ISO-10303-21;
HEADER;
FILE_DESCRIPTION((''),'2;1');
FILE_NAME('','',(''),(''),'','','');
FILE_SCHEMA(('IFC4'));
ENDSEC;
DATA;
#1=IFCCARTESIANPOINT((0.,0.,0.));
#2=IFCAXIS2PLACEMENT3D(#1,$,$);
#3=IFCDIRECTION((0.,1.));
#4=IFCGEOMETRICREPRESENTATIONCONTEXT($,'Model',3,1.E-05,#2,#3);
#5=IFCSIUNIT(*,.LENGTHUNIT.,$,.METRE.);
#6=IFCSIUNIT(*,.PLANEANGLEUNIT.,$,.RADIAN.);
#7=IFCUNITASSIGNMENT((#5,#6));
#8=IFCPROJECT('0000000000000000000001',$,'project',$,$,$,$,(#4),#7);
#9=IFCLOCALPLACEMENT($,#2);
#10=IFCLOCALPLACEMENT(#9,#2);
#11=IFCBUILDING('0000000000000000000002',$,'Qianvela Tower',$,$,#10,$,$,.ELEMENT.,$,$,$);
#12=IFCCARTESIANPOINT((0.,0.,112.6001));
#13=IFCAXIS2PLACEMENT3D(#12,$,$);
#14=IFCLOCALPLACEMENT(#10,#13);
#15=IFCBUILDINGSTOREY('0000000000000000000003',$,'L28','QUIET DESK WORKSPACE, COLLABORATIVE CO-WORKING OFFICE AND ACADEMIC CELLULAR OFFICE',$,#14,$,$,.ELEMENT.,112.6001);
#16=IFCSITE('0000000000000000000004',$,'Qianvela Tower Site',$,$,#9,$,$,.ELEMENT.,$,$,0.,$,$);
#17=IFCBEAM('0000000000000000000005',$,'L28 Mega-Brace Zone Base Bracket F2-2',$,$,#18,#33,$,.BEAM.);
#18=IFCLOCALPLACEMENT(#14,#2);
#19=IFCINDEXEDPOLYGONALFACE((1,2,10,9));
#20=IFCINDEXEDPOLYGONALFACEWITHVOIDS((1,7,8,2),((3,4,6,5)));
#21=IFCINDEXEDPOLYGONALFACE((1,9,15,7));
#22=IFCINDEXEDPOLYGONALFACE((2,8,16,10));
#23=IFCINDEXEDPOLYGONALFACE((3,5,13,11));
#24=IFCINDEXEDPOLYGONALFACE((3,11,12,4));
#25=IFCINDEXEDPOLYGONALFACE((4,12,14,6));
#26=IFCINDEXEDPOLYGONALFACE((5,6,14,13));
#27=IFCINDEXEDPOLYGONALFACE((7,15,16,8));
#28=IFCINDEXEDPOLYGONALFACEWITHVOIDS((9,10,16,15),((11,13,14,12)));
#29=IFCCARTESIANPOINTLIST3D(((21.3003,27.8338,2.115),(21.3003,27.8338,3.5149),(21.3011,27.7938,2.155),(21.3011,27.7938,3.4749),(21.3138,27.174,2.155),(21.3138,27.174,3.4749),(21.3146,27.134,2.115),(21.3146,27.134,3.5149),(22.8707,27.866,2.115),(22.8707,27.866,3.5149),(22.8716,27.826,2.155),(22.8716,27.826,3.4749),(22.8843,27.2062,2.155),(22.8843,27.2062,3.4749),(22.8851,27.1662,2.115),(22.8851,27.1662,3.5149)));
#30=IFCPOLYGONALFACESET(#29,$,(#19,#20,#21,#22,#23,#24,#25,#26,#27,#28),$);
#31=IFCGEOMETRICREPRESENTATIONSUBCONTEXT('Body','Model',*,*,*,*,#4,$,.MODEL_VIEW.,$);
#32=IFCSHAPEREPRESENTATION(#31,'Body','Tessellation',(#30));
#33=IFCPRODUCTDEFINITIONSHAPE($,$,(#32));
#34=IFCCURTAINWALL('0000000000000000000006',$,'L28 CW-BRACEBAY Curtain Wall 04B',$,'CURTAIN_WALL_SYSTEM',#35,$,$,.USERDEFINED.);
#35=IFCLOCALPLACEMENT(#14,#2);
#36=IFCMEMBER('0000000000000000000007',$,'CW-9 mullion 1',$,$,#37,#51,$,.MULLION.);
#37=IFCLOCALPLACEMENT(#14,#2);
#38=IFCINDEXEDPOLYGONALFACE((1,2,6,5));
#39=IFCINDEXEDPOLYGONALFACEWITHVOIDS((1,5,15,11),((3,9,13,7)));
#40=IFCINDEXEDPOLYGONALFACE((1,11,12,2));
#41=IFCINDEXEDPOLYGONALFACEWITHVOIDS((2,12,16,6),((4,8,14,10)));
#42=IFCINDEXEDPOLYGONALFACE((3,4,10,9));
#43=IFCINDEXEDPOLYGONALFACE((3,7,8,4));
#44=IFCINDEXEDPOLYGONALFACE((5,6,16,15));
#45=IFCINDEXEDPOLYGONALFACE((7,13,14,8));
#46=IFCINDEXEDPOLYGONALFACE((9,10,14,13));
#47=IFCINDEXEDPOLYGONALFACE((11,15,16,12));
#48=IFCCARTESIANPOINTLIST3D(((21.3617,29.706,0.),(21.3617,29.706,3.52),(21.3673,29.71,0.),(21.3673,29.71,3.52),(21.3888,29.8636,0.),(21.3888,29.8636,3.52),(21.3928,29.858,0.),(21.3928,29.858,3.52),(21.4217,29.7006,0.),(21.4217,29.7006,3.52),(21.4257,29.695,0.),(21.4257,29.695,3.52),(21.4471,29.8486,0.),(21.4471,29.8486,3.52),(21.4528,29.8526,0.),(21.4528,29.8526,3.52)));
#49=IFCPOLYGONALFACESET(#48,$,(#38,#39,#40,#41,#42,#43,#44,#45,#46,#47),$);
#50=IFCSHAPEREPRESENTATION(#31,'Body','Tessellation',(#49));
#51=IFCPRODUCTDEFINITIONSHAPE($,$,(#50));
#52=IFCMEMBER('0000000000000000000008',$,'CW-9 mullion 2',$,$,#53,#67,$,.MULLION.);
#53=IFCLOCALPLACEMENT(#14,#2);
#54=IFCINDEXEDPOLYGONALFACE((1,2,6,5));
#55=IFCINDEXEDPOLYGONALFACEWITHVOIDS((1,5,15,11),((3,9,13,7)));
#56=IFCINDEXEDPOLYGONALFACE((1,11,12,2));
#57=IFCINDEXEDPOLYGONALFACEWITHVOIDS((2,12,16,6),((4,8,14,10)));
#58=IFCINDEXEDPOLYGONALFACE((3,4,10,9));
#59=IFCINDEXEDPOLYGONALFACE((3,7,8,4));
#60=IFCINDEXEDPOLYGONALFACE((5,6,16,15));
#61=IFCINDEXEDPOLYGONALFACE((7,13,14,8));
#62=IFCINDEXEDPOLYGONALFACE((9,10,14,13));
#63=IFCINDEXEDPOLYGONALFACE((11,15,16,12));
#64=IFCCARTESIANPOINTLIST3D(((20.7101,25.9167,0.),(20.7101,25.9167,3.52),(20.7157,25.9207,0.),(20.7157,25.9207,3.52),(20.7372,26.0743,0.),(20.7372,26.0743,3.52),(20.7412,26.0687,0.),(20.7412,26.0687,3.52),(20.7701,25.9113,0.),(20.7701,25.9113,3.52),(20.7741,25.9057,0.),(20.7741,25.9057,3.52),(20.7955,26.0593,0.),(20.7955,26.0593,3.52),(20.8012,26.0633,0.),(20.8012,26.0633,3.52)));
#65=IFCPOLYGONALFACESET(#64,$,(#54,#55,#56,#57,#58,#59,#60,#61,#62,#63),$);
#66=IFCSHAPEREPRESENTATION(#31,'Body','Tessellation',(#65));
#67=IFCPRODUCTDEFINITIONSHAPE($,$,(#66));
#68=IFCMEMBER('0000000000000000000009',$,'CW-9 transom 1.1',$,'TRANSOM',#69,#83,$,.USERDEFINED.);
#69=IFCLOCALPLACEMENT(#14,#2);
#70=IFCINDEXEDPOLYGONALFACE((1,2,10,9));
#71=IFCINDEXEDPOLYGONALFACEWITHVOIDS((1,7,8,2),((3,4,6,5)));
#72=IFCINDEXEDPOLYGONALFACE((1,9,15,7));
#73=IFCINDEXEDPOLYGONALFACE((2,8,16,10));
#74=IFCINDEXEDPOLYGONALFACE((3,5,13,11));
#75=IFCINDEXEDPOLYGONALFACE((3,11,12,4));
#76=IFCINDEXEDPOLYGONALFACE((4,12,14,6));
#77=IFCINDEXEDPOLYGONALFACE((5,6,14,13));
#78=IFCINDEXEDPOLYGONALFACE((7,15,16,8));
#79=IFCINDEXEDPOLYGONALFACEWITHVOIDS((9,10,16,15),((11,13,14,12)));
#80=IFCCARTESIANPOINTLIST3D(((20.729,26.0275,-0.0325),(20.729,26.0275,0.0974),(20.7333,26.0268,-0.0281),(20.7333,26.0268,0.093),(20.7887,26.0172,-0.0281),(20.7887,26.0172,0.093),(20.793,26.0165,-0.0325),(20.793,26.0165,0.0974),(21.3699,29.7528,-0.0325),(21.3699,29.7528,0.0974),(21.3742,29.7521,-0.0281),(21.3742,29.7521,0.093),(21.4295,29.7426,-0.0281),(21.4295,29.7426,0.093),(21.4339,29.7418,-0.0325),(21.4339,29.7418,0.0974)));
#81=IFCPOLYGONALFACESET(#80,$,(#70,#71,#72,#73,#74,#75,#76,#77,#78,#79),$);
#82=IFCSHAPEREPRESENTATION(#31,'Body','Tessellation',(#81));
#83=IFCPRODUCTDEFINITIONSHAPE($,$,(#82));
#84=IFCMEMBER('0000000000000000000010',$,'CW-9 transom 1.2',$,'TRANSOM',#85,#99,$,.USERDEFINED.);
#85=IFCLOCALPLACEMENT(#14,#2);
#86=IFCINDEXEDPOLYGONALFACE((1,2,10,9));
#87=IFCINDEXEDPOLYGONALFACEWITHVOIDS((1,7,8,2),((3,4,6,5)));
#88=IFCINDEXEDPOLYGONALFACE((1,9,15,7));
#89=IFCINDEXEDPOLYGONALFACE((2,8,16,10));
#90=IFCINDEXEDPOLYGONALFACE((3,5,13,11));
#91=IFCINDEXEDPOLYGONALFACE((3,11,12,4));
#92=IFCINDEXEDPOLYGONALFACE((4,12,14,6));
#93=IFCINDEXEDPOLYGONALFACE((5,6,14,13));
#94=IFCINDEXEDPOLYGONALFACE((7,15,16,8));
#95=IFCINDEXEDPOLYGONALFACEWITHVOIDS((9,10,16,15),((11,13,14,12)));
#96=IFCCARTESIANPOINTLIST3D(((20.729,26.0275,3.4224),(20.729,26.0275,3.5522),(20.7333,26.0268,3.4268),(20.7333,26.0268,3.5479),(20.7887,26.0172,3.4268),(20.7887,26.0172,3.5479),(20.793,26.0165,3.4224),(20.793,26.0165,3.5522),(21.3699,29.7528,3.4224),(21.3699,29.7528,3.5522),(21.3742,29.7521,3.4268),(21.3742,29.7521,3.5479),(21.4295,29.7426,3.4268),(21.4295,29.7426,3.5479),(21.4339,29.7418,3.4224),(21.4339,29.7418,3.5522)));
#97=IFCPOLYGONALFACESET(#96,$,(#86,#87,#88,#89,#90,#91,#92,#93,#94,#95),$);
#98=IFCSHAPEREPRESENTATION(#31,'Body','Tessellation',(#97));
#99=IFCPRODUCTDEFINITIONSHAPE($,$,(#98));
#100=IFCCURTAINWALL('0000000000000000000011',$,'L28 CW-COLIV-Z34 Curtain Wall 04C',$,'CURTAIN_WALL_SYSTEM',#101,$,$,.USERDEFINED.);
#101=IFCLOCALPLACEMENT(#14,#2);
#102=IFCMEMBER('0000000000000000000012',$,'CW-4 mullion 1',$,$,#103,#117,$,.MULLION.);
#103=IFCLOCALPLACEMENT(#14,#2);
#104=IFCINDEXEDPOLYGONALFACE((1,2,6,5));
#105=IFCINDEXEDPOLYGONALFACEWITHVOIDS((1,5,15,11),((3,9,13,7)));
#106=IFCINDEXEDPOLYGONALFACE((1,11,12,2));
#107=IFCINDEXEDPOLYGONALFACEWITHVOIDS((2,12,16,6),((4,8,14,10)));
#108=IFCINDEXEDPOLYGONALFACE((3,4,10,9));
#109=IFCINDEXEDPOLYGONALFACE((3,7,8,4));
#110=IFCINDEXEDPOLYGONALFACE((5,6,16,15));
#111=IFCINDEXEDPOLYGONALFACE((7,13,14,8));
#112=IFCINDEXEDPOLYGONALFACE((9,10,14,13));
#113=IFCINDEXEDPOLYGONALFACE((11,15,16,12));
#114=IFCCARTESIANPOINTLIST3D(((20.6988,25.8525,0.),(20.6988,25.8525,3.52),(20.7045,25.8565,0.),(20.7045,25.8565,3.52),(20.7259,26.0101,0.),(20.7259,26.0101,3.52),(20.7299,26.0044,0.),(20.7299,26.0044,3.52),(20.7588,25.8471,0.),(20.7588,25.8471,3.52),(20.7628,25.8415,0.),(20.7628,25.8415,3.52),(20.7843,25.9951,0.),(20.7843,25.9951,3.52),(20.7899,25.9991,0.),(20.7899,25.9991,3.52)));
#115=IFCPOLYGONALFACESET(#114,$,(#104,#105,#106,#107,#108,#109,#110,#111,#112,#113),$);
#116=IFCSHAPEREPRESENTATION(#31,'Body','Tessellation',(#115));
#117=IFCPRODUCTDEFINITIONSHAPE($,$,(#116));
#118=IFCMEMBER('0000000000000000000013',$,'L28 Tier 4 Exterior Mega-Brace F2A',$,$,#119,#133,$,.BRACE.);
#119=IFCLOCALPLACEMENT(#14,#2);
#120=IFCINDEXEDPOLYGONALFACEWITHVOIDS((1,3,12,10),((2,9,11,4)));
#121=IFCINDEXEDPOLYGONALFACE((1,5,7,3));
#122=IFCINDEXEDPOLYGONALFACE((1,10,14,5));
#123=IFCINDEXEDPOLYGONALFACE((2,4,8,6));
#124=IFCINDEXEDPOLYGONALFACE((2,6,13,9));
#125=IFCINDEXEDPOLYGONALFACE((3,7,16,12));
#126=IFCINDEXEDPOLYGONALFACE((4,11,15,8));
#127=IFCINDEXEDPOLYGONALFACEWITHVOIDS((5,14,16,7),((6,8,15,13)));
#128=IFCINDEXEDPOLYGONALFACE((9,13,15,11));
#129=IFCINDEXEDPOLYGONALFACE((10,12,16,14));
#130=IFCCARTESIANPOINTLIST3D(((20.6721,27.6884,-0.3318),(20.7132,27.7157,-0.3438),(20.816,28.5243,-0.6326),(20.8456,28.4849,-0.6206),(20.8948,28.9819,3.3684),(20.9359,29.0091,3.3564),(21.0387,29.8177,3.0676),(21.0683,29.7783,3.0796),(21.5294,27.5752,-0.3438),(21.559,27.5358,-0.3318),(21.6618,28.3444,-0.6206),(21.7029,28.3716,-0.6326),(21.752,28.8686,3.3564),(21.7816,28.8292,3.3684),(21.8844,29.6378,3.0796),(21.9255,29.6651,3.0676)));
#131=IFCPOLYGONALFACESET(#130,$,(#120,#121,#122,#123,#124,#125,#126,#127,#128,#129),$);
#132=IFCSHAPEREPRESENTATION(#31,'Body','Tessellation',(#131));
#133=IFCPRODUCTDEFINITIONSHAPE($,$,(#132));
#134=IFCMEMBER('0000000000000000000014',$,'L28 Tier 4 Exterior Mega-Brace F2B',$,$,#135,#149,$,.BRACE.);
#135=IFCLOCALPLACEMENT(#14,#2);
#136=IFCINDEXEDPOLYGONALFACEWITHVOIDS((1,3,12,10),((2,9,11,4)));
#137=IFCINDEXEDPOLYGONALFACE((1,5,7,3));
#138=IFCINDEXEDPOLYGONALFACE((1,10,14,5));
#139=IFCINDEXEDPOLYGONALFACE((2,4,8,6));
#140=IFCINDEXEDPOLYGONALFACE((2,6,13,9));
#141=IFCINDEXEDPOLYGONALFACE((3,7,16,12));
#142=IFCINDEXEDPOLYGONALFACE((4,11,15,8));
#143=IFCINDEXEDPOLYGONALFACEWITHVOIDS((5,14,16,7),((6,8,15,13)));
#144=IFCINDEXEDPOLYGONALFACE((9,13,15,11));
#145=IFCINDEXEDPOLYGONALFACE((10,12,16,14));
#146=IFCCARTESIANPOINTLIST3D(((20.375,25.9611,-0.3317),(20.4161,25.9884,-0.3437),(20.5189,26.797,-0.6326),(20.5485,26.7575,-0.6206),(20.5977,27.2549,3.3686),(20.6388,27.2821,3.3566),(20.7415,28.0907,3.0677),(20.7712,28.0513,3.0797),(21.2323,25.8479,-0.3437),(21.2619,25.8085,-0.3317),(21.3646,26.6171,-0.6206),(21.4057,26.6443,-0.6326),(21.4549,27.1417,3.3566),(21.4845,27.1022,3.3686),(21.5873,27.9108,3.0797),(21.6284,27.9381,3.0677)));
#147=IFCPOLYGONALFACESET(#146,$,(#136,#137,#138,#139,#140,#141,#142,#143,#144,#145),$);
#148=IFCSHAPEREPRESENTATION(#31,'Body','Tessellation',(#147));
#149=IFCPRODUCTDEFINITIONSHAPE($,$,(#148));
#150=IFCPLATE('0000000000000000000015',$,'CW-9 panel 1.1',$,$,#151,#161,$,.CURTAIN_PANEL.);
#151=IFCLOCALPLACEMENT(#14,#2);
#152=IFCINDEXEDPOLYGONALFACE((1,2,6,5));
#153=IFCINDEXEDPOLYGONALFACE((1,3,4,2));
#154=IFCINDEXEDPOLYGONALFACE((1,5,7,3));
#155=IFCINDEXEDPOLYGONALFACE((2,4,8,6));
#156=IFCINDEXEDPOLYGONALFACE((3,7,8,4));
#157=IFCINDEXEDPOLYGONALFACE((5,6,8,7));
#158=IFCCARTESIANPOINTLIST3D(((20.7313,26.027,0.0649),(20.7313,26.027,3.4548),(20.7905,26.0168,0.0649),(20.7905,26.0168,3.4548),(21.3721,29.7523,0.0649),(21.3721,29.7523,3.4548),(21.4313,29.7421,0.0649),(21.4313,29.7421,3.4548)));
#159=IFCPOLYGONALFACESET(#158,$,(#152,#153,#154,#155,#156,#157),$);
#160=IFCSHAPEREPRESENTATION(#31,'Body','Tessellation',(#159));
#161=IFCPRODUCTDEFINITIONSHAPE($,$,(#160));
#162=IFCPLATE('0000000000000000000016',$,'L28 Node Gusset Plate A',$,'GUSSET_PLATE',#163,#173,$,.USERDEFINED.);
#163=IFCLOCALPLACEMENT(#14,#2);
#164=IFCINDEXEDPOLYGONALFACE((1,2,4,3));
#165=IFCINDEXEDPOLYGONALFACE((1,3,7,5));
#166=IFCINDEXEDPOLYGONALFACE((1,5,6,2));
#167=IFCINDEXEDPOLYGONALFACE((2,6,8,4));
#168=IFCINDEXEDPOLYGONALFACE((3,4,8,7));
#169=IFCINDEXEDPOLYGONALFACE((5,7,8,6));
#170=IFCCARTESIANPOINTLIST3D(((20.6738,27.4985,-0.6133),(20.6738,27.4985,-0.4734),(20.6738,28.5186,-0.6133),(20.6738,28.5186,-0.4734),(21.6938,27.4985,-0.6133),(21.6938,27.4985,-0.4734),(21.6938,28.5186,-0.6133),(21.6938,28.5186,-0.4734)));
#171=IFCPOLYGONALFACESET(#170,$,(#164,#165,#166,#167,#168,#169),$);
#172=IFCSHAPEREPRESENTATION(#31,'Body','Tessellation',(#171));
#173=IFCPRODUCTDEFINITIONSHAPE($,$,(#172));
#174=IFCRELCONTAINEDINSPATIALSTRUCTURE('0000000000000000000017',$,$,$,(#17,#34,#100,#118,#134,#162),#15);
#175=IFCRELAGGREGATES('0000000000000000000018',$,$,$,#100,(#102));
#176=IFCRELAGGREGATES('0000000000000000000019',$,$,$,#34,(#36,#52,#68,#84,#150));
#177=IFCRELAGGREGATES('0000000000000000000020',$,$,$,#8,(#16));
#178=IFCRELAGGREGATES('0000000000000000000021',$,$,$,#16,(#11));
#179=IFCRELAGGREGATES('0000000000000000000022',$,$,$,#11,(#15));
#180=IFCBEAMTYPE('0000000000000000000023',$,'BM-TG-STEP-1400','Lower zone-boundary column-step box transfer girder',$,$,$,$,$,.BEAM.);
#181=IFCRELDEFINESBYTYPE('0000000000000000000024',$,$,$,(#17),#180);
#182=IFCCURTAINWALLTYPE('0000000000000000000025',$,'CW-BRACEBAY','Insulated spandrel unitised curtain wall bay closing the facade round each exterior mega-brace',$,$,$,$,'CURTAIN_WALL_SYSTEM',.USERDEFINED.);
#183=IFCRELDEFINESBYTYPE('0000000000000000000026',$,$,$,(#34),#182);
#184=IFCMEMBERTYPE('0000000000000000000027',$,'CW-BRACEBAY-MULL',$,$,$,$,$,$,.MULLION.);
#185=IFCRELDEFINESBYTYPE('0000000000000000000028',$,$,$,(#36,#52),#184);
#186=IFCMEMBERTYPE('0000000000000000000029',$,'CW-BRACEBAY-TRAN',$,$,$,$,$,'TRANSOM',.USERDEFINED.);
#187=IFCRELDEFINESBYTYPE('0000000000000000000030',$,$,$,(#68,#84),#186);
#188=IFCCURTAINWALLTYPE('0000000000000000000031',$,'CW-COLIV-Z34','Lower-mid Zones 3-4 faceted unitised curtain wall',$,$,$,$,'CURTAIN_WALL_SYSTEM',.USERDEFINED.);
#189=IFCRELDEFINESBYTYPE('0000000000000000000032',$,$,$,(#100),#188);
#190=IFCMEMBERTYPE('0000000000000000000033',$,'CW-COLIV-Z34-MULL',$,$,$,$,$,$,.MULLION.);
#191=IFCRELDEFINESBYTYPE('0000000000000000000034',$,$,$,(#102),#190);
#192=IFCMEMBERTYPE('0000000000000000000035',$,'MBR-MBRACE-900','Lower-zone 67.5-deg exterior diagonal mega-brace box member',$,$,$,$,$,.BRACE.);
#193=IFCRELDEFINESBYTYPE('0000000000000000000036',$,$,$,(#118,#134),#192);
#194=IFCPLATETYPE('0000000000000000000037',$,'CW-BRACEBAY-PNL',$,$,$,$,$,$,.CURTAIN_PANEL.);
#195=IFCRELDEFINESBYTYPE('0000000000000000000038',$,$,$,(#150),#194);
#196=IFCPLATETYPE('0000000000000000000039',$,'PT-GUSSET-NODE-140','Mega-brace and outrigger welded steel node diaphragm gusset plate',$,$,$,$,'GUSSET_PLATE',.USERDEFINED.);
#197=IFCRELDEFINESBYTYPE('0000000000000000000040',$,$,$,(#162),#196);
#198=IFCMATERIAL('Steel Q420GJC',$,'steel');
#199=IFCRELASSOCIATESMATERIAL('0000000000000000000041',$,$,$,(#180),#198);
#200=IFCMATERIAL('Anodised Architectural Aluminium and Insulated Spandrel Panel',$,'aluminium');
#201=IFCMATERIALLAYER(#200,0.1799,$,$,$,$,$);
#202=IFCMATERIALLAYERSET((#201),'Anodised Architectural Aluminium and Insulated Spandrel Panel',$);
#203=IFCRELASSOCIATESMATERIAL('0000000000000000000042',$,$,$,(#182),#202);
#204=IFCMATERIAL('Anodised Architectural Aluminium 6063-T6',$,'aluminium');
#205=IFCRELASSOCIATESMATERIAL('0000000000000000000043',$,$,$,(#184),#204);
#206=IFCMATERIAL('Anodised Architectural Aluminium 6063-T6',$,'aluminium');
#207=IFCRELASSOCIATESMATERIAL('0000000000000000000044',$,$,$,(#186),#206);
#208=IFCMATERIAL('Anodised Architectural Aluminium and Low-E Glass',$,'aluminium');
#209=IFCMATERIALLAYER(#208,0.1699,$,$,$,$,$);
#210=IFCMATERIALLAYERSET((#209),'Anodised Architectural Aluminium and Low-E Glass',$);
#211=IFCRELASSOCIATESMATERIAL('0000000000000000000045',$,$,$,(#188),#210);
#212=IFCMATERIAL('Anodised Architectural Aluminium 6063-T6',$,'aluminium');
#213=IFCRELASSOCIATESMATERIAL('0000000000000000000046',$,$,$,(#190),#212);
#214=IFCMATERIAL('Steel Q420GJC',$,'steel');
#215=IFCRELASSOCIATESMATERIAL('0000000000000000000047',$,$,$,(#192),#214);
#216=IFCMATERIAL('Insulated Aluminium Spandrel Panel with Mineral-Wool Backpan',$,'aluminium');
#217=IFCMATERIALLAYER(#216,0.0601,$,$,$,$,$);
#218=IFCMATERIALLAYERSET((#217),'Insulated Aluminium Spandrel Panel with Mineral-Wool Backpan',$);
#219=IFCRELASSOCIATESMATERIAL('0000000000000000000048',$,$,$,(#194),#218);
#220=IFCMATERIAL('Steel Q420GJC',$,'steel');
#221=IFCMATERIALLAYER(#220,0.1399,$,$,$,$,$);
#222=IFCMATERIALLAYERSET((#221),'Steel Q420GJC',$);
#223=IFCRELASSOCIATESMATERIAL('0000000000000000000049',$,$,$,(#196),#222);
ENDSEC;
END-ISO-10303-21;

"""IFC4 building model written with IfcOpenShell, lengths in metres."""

from ifc_helpers import new_model, si_unit, direction, frame, origin, origin_2d, place, context, subcontext, project, spatial, rectangle, hollow_rectangle, extrude, material, layer, layer_set, material_profile, profile_set, type_object, element, aggregate, save


model = new_model("IFC4")

# Units and contexts
model_context = context("Model", 3, precision=1e-05, world=origin(), true_north=direction((0.0, 1.0)))
body_context = subcontext(model_context, "Body", "Model", "MODEL_VIEW")
ifc_project = project(units=[si_unit("LENGTHUNIT", "METRE"), si_unit("PLANEANGLEUNIT", "RADIAN")], contexts=[model_context])

# Site, building, storey
site_placement = place(None, origin())
site = spatial("IfcSite", under=ifc_project, at=site_placement, Name="Qianvela Tower Site", CompositionType="ELEMENT", RefElevation=0.0)
building_placement = place(site_placement, origin())
building = spatial("IfcBuilding", under=site, at=building_placement, Name="Qianvela Tower", CompositionType="ELEMENT")
storey_placement = place(building_placement, frame((0.0, 0.0, 112.6001)))
storey = spatial("IfcBuildingStorey", under=building, at=storey_placement, Name="L28", Description="QUIET DESK WORKSPACE, COLLABORATIVE CO-WORKING OFFICE AND ACADEMIC CELLULAR OFFICE", CompositionType="ELEMENT", Elevation=112.6001)

# Beam
ifc_material_1 = material(Name="Steel Q420GJC", Category="steel")
ifc_material_profile_1 = material_profile(ifc_material_1, hollow_rectangle(XDim=0.7, YDim=1.3999, WallThickness=0.04, at=origin_2d()), Name="TG-BOX-1400x700x40")
ifc_profile_set_1 = profile_set([ifc_material_profile_1], Name="Steel Q420GJC")
beam_type_1 = type_object("IfcBeamType", Name="BM-TG-STEP-1400", Description="Lower zone-boundary column-step box transfer girder", PredefinedType="BEAM", material=ifc_profile_set_1)
for number, where, z_axis, x_axis, name in (
    (1, (22.8779, 27.5161, 2.8149), (-0.99979, -0.020515, 0.0), (0.020515, -0.99979, 0.0), "L28 Mega-Brace Zone Base Bracket F2-2"),
):
    element("IfcBeam", number, at=place(storey_placement, frame(where, z_axis=z_axis, x_axis=x_axis)), inside=storey, type_object=beam_type_1, Name=name, PredefinedType="BEAM", context=body_context, shape_type="SweptSolid", body=[
        extrude(hollow_rectangle(XDim=0.7, YDim=1.3999, WallThickness=0.04, at=origin_2d()), origin(), (0.0, 0.0, 1.0), 1.5708),
    ])

# Curtain wall, members
ifc_material_2 = material(Name="Anodised Architectural Aluminium and Insulated Spandrel Panel", Category="aluminium")
ifc_layer_1 = layer(ifc_material_2, 0.1799)
ifc_layer_set_1 = layer_set([ifc_layer_1], Name="Anodised Architectural Aluminium and Insulated Spandrel Panel")
curtain_wall_type_1 = type_object("IfcCurtainWallType", Name="CW-BRACEBAY", Description="Insulated spandrel unitised curtain wall bay closing the facade round each exterior mega-brace", ElementType="CURTAIN_WALL_SYSTEM", PredefinedType="USERDEFINED", material=ifc_layer_set_1)
curtain_wall_1_placement = place(storey_placement, origin())
curtain_wall_1 = element("IfcCurtainWall", 2, at=curtain_wall_1_placement, inside=storey, type_object=curtain_wall_type_1, Name="L28 CW-BRACEBAY Curtain Wall 04B", ObjectType="CURTAIN_WALL_SYSTEM", PredefinedType="USERDEFINED")
ifc_material_3 = material(Name="Anodised Architectural Aluminium 6063-T6", Category="aluminium")
ifc_material_profile_2 = material_profile(ifc_material_3, hollow_rectangle(XDim=0.0649, YDim=0.1599, WallThickness=0.0049, at=origin_2d()), Name="ALU-MULL-65x160")
ifc_profile_set_2 = profile_set([ifc_material_profile_2], Name="Anodised Architectural Aluminium 6063-T6")
member_type_1 = type_object("IfcMemberType", Name="CW-BRACEBAY-MULL", PredefinedType="MULLION", material=ifc_profile_set_2)
member_1_placement = place(storey_placement, frame((21.4072, 29.7793, 0.0), z_axis=(0.0, 0.0, 1.0), x_axis=(0.985528, -0.169515, 0.0)))
member_1 = element("IfcMember", 3, at=member_1_placement, type_object=member_type_1, Name="CW-9 mullion 1", PredefinedType="MULLION", context=body_context, shape_type="SweptSolid", body=[
    extrude(hollow_rectangle(XDim=0.0649, YDim=0.1599, WallThickness=0.0049, at=origin_2d()), origin(), (0.0, 0.0, 1.0), 3.52),
])
member_2_placement = place(storey_placement, frame((20.7556, 25.99, 0.0), z_axis=(0.0, 0.0, 1.0), x_axis=(0.985528, -0.169515, 0.0)))
member_2 = element("IfcMember", 4, at=member_2_placement, type_object=member_type_1, Name="CW-9 mullion 2", PredefinedType="MULLION", context=body_context, shape_type="SweptSolid", body=[
    extrude(hollow_rectangle(XDim=0.0649, YDim=0.1599, WallThickness=0.0049, at=origin_2d()), origin(), (0.0, 0.0, 1.0), 3.52),
])
ifc_material_4 = material(Name="Anodised Architectural Aluminium 6063-T6", Category="aluminium")
ifc_material_profile_3 = material_profile(ifc_material_4, hollow_rectangle(XDim=0.0649, YDim=0.1299, WallThickness=0.0044, at=origin_2d()), Name="ALU-TRAN-65x130")
ifc_profile_set_3 = profile_set([ifc_material_profile_3], Name="Anodised Architectural Aluminium 6063-T6")
member_type_2 = type_object("IfcMemberType", Name="CW-BRACEBAY-TRAN", ElementType="TRANSOM", PredefinedType="USERDEFINED", material=ifc_profile_set_3)
member_3_placement = place(storey_placement, frame((21.4019, 29.7473, 0.0325), z_axis=(-0.169539, -0.985523, 0.0), x_axis=(0.985523, -0.169539, 0.0)))
member_3 = element("IfcMember", 5, at=member_3_placement, type_object=member_type_2, Name="CW-9 transom 1.1", ObjectType="TRANSOM", PredefinedType="USERDEFINED", context=body_context, shape_type="SweptSolid", body=[
    extrude(hollow_rectangle(XDim=0.0649, YDim=0.1299, WallThickness=0.0044, at=origin_2d()), origin(), (0.0, 0.0, 1.0), 3.78),
])
member_4_placement = place(storey_placement, frame((21.4019, 29.7473, 3.4873), z_axis=(-0.169539, -0.985523, 0.0), x_axis=(0.985523, -0.169539, 0.0)))
member_4 = element("IfcMember", 6, at=member_4_placement, type_object=member_type_2, Name="CW-9 transom 1.2", ObjectType="TRANSOM", PredefinedType="USERDEFINED", context=body_context, shape_type="SweptSolid", body=[
    extrude(hollow_rectangle(XDim=0.0649, YDim=0.1299, WallThickness=0.0044, at=origin_2d()), origin(), (0.0, 0.0, 1.0), 3.78),
])

# Curtain wall, member
ifc_material_5 = material(Name="Anodised Architectural Aluminium and Low-E Glass", Category="aluminium")
ifc_layer_2 = layer(ifc_material_5, 0.1699)
ifc_layer_set_2 = layer_set([ifc_layer_2], Name="Anodised Architectural Aluminium and Low-E Glass")
curtain_wall_type_2 = type_object("IfcCurtainWallType", Name="CW-COLIV-Z34", Description="Lower-mid Zones 3-4 faceted unitised curtain wall", ElementType="CURTAIN_WALL_SYSTEM", PredefinedType="USERDEFINED", material=ifc_layer_set_2)
curtain_wall_2_placement = place(storey_placement, origin())
curtain_wall_2 = element("IfcCurtainWall", 7, at=curtain_wall_2_placement, inside=storey, type_object=curtain_wall_type_2, Name="L28 CW-COLIV-Z34 Curtain Wall 04C", ObjectType="CURTAIN_WALL_SYSTEM", PredefinedType="USERDEFINED")
ifc_material_6 = material(Name="Anodised Architectural Aluminium 6063-T6", Category="aluminium")
ifc_material_profile_4 = material_profile(ifc_material_6, hollow_rectangle(XDim=0.0649, YDim=0.1599, WallThickness=0.0049, at=origin_2d()), Name="ALU-MULL-65x160")
ifc_profile_set_4 = profile_set([ifc_material_profile_4], Name="Anodised Architectural Aluminium 6063-T6")
member_type_3 = type_object("IfcMemberType", Name="CW-COLIV-Z34-MULL", PredefinedType="MULLION", material=ifc_profile_set_4)
member_5_placement = place(storey_placement, frame((20.7444, 25.9258, 0.0), z_axis=(0.0, 0.0, 1.0), x_axis=(0.985527, -0.169519, 0.0)))
member_5 = element("IfcMember", 8, at=member_5_placement, type_object=member_type_3, Name="CW-4 mullion 1", PredefinedType="MULLION", context=body_context, shape_type="SweptSolid", body=[
    extrude(hollow_rectangle(XDim=0.0649, YDim=0.1599, WallThickness=0.0049, at=origin_2d()), origin(), (0.0, 0.0, 1.0), 3.52),
])
aggregate(curtain_wall_2, [member_5])

# Members
ifc_material_7 = material(Name="Steel Q420GJC", Category="steel")
ifc_material_profile_5 = material_profile(ifc_material_7, hollow_rectangle(XDim=0.8999, YDim=0.8999, WallThickness=0.0359, at=origin_2d()), Name="MBOX-900x900x36")
ifc_profile_set_5 = profile_set([ifc_material_profile_5], Name="Steel Q420GJC")
member_type_4 = type_object("IfcMemberType", Name="MBR-MBRACE-900", Description="Lower-zone 67.5-deg exterior diagonal mega-brace box member", PredefinedType="BRACE", material=ifc_profile_set_5)
member_6_placement = place(storey_placement, frame((21.1875, 28.03, -0.4822), z_axis=(0.056712, 0.329453, 0.942467), x_axis=(-0.985505, 0.169645, 0.0)))
element("IfcMember", 9, at=member_6_placement, inside=storey, type_object=member_type_4, Name="L28 Tier 4 Exterior Mega-Brace F2A", PredefinedType="BRACE", context=body_context, shape_type="SweptSolid", body=[
    extrude(hollow_rectangle(XDim=0.8999, YDim=0.8999, WallThickness=0.0359, at=origin_2d()), origin(), (0.0, 0.0, 1.0), 3.926),
])
member_7_placement = place(storey_placement, frame((20.8904, 26.3027, -0.4822), z_axis=(0.056711, 0.329509, 0.942448), x_axis=(-0.985511, 0.169614, 0.0)))
element("IfcMember", 10, at=member_7_placement, inside=storey, type_object=member_type_4, Name="L28 Tier 4 Exterior Mega-Brace F2B", PredefinedType="BRACE", context=body_context, shape_type="SweptSolid", body=[
    extrude(hollow_rectangle(XDim=0.8999, YDim=0.8999, WallThickness=0.0359, at=origin_2d()), origin(), (0.0, 0.0, 1.0), 3.9263),
])

# Plate
ifc_material_8 = material(Name="Insulated Aluminium Spandrel Panel with Mineral-Wool Backpan", Category="aluminium")
ifc_layer_3 = layer(ifc_material_8, 0.0601)
ifc_layer_set_3 = layer_set([ifc_layer_3], Name="Insulated Aluminium Spandrel Panel with Mineral-Wool Backpan")
plate_type_1 = type_object("IfcPlateType", Name="CW-BRACEBAY-PNL", PredefinedType="CURTAIN_PANEL", material=ifc_layer_set_3)
plate_placement = place(storey_placement, frame((21.0813, 27.8845, 0.0649), z_axis=(0.0, 0.0, 1.0), x_axis=(-0.169515, -0.985528, 0.0)))
plate = element("IfcPlate", 11, at=plate_placement, type_object=plate_type_1, Name="CW-9 panel 1.1", PredefinedType="CURTAIN_PANEL", context=body_context, shape_type="SweptSolid", body=[
    extrude(rectangle(XDim=3.78, YDim=0.0601, at=origin_2d()), origin(), (0.0, 0.0, 1.0), 3.3899),
])
aggregate(curtain_wall_1, [member_1, member_2, member_3, member_4, plate])

# Plate
ifc_material_9 = material(Name="Steel Q420GJC", Category="steel")
ifc_layer_4 = layer(ifc_material_9, 0.1399)
ifc_layer_set_4 = layer_set([ifc_layer_4], Name="Steel Q420GJC")
plate_type_2 = type_object("IfcPlateType", Name="PT-GUSSET-NODE-140", Description="Mega-brace and outrigger welded steel node diaphragm gusset plate", ElementType="GUSSET_PLATE", PredefinedType="USERDEFINED", material=ifc_layer_set_4)
for number, where, z_axis, x_axis, name in (
    (12, (21.1838, 28.0085, -0.6133), (0.0, 0.0, 1.0), (1.0, 0.0, 0.0), "L28 Node Gusset Plate A"),
):
    element("IfcPlate", number, at=place(storey_placement, frame(where, z_axis=z_axis, x_axis=x_axis)), inside=storey, type_object=plate_type_2, Name=name, ObjectType="GUSSET_PLATE", PredefinedType="USERDEFINED", context=body_context, shape_type="SweptSolid", body=[
        extrude(rectangle(XDim=1.02, YDim=1.02, at=origin_2d()), origin(), (0.0, 0.0, 1.0), 0.1399),
    ])

save(model, "model.ifc")
